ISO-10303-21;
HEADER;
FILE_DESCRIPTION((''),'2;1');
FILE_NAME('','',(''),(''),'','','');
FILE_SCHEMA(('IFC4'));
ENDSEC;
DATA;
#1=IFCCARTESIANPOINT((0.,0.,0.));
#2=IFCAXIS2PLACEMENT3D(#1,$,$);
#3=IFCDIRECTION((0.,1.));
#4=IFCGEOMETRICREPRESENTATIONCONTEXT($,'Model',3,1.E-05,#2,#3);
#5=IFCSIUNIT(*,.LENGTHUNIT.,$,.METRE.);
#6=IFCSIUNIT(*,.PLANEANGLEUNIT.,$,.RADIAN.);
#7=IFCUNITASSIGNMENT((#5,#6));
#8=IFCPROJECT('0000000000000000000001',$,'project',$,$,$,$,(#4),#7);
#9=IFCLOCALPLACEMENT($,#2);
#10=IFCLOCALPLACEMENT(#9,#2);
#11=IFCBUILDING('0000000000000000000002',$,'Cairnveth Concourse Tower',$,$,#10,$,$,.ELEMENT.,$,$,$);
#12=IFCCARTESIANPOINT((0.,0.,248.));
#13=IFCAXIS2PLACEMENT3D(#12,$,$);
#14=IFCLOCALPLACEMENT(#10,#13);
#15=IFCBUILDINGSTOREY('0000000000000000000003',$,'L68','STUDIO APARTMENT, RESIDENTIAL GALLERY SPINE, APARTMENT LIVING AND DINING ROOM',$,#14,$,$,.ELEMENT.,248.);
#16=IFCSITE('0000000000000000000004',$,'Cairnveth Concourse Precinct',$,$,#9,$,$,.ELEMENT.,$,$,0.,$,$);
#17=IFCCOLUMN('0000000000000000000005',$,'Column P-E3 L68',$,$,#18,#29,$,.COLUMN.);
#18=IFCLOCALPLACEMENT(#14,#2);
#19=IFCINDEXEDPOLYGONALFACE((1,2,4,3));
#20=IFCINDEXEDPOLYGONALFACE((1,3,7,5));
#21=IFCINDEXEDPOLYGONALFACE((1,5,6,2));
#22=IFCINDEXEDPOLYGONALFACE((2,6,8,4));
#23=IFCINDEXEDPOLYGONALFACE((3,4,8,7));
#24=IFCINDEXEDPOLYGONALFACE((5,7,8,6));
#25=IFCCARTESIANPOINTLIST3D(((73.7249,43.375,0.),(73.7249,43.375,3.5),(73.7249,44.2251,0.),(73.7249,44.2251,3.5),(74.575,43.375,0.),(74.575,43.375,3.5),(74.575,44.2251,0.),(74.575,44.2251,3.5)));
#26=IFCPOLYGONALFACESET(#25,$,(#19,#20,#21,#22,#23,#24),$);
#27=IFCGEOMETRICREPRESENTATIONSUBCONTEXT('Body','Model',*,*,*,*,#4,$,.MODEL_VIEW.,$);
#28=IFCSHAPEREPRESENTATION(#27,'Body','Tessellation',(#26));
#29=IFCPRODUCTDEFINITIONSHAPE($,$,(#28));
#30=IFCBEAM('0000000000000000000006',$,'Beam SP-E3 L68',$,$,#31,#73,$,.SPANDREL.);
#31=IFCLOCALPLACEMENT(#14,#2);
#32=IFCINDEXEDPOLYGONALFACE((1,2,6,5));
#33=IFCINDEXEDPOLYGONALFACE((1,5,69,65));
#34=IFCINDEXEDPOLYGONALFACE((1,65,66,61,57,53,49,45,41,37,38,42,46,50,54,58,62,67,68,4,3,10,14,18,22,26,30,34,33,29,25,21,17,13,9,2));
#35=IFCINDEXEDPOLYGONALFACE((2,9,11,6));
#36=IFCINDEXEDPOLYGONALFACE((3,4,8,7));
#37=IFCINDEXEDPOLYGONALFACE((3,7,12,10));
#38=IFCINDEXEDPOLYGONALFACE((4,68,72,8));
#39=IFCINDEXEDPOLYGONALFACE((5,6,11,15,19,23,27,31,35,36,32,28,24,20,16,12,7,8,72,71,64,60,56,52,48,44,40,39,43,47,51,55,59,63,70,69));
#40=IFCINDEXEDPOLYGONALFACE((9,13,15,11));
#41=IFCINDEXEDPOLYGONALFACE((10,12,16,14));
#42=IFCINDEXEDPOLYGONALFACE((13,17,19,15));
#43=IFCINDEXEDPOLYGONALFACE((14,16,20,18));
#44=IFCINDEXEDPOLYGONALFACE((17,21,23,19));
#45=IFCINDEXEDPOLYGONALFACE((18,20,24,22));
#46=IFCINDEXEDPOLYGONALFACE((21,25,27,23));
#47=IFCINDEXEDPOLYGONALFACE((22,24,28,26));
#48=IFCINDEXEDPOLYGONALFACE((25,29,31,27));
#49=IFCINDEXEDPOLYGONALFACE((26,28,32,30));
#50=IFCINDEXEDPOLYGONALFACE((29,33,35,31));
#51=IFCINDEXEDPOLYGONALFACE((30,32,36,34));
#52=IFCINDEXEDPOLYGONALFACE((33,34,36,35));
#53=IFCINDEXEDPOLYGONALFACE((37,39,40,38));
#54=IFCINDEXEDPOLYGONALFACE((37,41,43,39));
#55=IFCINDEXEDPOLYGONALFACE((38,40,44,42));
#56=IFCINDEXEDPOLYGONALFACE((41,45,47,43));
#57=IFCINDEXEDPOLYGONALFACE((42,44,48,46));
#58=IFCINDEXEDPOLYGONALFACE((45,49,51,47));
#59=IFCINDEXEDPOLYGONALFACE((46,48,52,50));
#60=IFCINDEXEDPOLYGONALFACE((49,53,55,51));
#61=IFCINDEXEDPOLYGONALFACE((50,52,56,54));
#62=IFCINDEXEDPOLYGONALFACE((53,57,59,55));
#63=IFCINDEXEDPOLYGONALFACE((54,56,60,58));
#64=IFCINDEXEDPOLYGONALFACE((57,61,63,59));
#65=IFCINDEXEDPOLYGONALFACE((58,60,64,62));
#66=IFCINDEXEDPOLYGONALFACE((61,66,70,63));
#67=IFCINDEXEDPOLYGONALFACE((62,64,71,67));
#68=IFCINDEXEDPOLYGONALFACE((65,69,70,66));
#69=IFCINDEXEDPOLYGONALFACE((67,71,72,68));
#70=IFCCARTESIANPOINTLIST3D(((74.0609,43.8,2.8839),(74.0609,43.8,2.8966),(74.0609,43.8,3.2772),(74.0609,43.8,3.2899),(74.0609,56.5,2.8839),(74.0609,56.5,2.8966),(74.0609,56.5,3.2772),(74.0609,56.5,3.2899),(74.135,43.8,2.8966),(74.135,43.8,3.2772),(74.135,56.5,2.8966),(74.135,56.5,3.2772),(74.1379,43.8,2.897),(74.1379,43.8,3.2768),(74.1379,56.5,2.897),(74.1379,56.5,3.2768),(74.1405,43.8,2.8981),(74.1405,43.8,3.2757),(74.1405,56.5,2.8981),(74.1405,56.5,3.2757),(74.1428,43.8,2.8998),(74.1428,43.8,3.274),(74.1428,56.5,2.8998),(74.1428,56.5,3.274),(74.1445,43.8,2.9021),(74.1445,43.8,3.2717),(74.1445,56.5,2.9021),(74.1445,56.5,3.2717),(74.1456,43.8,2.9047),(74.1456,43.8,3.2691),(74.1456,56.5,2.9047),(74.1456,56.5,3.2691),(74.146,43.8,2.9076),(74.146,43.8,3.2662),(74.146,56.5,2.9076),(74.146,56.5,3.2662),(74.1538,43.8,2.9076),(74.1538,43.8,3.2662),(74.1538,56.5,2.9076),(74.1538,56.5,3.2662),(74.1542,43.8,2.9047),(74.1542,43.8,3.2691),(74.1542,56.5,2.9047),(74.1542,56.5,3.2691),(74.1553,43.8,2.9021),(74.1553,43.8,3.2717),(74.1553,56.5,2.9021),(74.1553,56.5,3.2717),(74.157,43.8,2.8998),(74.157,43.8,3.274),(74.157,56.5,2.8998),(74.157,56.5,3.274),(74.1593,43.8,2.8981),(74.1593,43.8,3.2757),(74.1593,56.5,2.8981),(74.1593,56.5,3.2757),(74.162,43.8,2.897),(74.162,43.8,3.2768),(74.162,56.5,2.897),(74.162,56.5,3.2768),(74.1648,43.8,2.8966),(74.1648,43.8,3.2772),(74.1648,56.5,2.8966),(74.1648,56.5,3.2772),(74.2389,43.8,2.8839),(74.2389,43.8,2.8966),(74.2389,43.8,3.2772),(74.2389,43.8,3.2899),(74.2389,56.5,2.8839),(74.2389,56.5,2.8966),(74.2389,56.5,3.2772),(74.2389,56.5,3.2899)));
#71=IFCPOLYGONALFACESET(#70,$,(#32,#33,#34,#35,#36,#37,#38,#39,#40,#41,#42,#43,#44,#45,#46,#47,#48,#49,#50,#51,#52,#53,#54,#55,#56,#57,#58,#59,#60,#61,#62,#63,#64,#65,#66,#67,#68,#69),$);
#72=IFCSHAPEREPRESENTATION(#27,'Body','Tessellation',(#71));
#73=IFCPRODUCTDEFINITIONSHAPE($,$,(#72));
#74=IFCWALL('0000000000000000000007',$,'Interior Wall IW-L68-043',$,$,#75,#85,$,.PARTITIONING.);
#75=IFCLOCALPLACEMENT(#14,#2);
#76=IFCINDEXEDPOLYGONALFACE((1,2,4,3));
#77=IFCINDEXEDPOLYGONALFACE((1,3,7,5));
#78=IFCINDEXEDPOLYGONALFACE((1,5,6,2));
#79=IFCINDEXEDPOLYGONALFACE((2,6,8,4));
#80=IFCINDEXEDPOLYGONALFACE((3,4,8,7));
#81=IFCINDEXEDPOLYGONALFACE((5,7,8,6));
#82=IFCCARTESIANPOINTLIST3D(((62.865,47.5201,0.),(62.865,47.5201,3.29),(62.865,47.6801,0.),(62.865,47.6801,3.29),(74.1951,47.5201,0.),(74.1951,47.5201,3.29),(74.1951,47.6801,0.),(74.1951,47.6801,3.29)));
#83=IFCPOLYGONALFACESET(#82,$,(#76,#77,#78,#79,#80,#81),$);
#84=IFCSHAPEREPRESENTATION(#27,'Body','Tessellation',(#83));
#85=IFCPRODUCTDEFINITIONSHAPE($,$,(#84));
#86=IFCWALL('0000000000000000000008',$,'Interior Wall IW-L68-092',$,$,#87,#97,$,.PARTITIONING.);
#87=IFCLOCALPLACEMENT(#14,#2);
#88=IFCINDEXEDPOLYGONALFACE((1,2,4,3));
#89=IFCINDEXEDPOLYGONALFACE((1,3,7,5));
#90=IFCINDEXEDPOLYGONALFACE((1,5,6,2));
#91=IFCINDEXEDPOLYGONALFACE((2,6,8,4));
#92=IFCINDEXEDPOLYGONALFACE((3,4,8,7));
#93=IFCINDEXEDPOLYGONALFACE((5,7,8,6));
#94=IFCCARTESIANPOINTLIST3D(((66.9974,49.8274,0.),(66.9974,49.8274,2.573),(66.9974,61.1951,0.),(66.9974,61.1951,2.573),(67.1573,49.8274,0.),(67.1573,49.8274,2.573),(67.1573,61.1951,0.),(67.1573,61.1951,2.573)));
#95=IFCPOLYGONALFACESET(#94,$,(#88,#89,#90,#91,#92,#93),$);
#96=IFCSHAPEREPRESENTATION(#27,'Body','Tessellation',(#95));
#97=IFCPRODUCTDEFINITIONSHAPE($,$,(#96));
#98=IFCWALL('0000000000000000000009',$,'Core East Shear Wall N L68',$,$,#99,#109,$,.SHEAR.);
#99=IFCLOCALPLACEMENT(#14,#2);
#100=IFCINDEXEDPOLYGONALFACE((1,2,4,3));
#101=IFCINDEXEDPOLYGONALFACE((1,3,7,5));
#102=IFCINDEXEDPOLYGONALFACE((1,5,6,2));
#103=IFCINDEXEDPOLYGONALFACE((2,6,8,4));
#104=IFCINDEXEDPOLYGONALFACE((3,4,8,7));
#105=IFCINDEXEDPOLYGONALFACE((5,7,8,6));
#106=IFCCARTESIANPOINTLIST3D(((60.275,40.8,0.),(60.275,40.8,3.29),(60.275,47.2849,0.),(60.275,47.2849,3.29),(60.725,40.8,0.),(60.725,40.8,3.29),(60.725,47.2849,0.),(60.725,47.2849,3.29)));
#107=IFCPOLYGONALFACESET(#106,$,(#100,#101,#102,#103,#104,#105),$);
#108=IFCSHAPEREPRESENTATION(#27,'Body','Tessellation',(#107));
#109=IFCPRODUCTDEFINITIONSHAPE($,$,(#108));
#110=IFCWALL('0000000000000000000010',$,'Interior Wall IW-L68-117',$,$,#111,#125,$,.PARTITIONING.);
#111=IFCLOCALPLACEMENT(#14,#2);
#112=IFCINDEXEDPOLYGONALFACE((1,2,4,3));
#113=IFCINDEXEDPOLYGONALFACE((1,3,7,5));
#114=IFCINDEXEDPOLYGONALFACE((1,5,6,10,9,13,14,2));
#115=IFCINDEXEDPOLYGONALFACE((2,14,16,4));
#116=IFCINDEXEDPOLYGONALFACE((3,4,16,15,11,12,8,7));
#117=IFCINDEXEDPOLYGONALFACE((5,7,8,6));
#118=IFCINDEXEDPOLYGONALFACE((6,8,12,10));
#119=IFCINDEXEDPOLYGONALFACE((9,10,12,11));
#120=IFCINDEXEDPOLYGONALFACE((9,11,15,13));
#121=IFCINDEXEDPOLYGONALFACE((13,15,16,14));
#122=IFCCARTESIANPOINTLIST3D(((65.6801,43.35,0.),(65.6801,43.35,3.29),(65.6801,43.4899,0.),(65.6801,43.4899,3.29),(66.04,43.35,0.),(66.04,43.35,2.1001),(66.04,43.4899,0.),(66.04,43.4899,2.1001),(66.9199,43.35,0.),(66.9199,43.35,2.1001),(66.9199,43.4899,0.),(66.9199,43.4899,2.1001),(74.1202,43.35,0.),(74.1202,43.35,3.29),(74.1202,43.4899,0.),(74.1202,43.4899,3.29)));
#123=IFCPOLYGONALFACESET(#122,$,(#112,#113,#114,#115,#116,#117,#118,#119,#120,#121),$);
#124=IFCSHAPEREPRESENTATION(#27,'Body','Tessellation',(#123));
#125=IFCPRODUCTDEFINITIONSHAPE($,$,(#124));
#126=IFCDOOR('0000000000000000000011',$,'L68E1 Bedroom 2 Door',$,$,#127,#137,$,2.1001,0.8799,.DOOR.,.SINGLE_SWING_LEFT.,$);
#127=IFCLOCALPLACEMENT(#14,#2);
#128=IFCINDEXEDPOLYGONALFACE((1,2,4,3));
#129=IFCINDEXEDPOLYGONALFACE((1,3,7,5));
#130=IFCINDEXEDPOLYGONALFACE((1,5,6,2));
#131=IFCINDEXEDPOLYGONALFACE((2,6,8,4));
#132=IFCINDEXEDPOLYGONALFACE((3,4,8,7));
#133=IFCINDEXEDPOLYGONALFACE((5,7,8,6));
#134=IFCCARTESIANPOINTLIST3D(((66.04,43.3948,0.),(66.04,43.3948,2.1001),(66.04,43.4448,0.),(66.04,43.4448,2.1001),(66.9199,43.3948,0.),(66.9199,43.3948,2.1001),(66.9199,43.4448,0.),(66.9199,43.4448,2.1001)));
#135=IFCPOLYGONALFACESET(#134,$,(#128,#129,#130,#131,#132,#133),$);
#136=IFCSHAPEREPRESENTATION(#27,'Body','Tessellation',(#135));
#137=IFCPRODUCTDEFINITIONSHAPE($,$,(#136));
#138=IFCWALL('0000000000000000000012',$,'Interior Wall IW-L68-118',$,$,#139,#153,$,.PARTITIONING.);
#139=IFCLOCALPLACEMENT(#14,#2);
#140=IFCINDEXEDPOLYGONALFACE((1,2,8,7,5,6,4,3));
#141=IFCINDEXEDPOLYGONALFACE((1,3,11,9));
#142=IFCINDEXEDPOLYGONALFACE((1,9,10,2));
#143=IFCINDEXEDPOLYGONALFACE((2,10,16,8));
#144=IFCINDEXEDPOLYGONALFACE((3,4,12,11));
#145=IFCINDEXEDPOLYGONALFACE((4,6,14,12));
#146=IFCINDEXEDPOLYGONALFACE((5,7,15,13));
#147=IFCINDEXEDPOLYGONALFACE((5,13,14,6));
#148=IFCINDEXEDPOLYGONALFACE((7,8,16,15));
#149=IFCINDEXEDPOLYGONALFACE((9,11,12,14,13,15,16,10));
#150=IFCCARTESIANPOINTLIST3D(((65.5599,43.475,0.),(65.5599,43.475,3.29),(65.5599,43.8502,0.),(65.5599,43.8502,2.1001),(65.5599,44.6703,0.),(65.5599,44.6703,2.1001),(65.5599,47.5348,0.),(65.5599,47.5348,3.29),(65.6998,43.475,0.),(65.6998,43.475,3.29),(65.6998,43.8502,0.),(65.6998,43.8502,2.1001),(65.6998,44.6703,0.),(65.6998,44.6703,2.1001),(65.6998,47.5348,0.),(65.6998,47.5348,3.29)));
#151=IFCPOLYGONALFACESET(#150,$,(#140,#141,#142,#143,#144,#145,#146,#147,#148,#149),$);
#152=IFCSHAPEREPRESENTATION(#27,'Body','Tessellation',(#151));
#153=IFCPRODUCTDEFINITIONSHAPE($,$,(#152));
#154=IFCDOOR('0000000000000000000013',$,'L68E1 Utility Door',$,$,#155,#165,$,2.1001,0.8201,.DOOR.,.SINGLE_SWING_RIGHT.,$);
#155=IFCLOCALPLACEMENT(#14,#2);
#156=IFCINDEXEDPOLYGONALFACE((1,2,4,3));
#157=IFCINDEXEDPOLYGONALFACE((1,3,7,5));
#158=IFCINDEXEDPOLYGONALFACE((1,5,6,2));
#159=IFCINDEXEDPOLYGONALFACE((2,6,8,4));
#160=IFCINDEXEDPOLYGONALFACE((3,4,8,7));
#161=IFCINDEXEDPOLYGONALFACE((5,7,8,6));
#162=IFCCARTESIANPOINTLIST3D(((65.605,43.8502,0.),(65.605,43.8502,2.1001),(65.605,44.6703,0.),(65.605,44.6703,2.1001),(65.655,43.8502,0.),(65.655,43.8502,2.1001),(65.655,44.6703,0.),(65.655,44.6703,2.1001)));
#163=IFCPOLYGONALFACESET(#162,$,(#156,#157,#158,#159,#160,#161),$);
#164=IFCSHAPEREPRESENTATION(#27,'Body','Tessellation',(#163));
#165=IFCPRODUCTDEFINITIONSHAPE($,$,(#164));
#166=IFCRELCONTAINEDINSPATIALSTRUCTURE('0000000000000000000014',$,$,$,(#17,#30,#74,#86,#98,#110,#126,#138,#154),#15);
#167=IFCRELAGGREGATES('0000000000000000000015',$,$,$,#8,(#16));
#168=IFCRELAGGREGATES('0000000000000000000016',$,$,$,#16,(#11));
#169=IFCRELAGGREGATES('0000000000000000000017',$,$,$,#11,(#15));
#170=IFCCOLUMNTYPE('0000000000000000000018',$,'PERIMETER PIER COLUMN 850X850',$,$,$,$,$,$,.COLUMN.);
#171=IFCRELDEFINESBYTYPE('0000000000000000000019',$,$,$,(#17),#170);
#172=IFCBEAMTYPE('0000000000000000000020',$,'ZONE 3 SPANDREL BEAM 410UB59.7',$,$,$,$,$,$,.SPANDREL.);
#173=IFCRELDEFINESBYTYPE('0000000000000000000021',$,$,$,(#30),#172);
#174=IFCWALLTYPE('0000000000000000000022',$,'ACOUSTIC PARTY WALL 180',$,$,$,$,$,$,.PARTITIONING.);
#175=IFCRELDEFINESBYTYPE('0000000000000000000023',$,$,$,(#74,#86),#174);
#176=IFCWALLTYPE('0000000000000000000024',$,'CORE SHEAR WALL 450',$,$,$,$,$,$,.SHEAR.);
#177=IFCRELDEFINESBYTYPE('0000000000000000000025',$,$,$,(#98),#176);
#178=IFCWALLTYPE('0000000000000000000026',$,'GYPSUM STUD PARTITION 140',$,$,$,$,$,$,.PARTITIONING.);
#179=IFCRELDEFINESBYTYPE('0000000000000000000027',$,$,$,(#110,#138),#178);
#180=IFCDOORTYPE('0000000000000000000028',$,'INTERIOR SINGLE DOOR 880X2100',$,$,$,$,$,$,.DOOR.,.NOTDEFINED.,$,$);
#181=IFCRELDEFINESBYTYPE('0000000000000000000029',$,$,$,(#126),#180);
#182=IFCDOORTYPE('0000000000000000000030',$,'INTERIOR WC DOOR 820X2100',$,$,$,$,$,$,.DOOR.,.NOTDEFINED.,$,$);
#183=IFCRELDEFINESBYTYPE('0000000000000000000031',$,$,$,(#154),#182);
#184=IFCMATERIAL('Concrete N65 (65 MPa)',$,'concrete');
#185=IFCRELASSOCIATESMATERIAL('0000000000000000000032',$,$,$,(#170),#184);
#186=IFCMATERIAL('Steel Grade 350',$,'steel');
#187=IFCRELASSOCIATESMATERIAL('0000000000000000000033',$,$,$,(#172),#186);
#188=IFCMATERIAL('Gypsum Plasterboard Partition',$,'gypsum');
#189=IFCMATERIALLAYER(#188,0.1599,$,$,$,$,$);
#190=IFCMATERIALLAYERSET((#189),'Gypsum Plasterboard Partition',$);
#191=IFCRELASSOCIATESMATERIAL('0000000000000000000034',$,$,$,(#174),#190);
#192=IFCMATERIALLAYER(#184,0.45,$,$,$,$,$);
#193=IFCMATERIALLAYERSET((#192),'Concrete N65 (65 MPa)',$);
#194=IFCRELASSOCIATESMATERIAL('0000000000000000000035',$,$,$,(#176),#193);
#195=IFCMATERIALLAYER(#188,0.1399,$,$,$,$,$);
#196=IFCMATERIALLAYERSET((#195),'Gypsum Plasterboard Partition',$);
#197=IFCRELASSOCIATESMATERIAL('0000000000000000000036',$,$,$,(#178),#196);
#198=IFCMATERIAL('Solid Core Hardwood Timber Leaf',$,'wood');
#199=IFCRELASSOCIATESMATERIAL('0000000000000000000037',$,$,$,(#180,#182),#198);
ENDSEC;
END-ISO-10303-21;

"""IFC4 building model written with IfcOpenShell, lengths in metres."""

from ifc_helpers import new_model, si_unit, direction, frame, frame_2d, origin, origin_2d, place, context, subcontext, project, spatial, rectangle, i_section, extrude, material, layer, layer_set, material_profile, profile_set, type_object, element, fill, save


model = new_model("IFC4")

# Units and contexts
model_context = context("Model", 3, precision=1e-05, world=origin(), true_north=direction((0.0, 1.0)))
body_context = subcontext(model_context, "Body", "Model", "MODEL_VIEW")
ifc_project = project(units=[si_unit("LENGTHUNIT", "METRE"), si_unit("PLANEANGLEUNIT", "RADIAN")], contexts=[model_context])

# Site, building, storey
site_placement = place(None, origin())
site = spatial("IfcSite", under=ifc_project, at=site_placement, Name="Cairnveth Concourse Precinct", CompositionType="ELEMENT", RefElevation=0.0)
building_placement = place(site_placement, origin())
building = spatial("IfcBuilding", under=site, at=building_placement, Name="Cairnveth Concourse Tower", CompositionType="ELEMENT")
storey_placement = place(building_placement, frame((0.0, 0.0, 248.0)))
storey = spatial("IfcBuildingStorey", under=building, at=storey_placement, Name="L68", Description="STUDIO APARTMENT, RESIDENTIAL GALLERY SPINE, APARTMENT LIVING AND DINING ROOM", CompositionType="ELEMENT", Elevation=248.0)

# Column
ifc_material_1 = material(Name="Concrete N65 (65 MPa)", Category="concrete")
ifc_material_profile_1 = material_profile(ifc_material_1, rectangle(XDim=0.8501, YDim=0.8501, at=origin_2d()), Name="RC-COL-850x850")
ifc_profile_set_1 = profile_set([ifc_material_profile_1], Name="Concrete N65 (65 MPa)")
column_type = type_object("IfcColumnType", Name="PERIMETER PIER COLUMN 850X850", PredefinedType="COLUMN", material=ifc_profile_set_1)
column_placement = place(storey_placement, frame((74.1499, 43.8, 0.0), z_axis=(0.0, 0.0, 1.0), x_axis=(0.0, 1.0, 0.0)))
element("IfcColumn", 1, at=column_placement, inside=storey, type_object=column_type, Name="Column P-E3 L68", PredefinedType="COLUMN", context=body_context, shape_type="SweptSolid", body=[
    extrude(rectangle(XDim=0.8501, YDim=0.8501, at=origin_2d()), origin(), (0.0, 0.0, 1.0), 3.5),
])

# Beam
ifc_material_2 = material(Name="Steel Grade 350", Category="steel")
ifc_material_profile_2 = material_profile(ifc_material_2, i_section(OverallWidth=0.178, OverallDepth=0.406, WebThickness=0.0078, FlangeThickness=0.0127, FilletRadius=0.011, at=origin_2d()), Name="410UB59.7")
ifc_profile_set_2 = profile_set([ifc_material_profile_2], Name="Steel Grade 350")
beam_type = type_object("IfcBeamType", Name="ZONE 3 SPANDREL BEAM 410UB59.7", PredefinedType="SPANDREL", material=ifc_profile_set_2)
beam_placement = place(storey_placement, frame((74.1499, 43.8, 3.0869), z_axis=(0.0, 1.0, 0.0), x_axis=(-1.0, 0.0, 0.0)))
element("IfcBeam", 2, at=beam_placement, inside=storey, type_object=beam_type, Name="Beam SP-E3 L68", PredefinedType="SPANDREL", context=body_context, shape_type="SweptSolid", body=[
    extrude(i_section(OverallWidth=0.178, OverallDepth=0.406, WebThickness=0.0078, FlangeThickness=0.0127, FilletRadius=0.011, at=origin_2d()), origin(), (0.0, 0.0, 1.0), 12.7),
])

# Walls
ifc_material_3 = material(Name="Gypsum Plasterboard Partition", Category="gypsum")
ifc_layer_1 = layer(ifc_material_3, 0.1599)
ifc_layer_set_1 = layer_set([ifc_layer_1], Name="Gypsum Plasterboard Partition")
wall_type_1 = type_object("IfcWallType", Name="ACOUSTIC PARTY WALL 180", PredefinedType="PARTITIONING", material=ifc_layer_set_1)
wall_1_placement = place(storey_placement, frame((62.865, 47.6001, 0.0), z_axis=(0.0, 0.0, 1.0), x_axis=(1.0, 0.0, 0.0)))
element("IfcWall", 3, at=wall_1_placement, inside=storey, type_object=wall_type_1, Name="Interior Wall IW-L68-043", PredefinedType="PARTITIONING", context=body_context, shape_type="SweptSolid", body=[
    extrude(rectangle(XDim=11.3301, YDim=0.1599, at=frame_2d((5.665, 0.0))), origin(), (0.0, 0.0, 1.0), 3.29),
])
wall_2_placement = place(storey_placement, frame((67.0774, 49.8274, 0.0), z_axis=(0.0, 0.0, 1.0), x_axis=(0.0, 1.0, 0.0)))
element("IfcWall", 4, at=wall_2_placement, inside=storey, type_object=wall_type_1, Name="Interior Wall IW-L68-092", PredefinedType="PARTITIONING", context=body_context, shape_type="SweptSolid", body=[
    extrude(rectangle(XDim=11.3677, YDim=0.1599, at=frame_2d((5.6838, 0.0))), origin(), (0.0, 0.0, 1.0), 2.573),
])
ifc_layer_2 = layer(ifc_material_1, 0.45)
ifc_layer_set_2 = layer_set([ifc_layer_2], Name="Concrete N65 (65 MPa)")
wall_type_2 = type_object("IfcWallType", Name="CORE SHEAR WALL 450", PredefinedType="SHEAR", material=ifc_layer_set_2)
wall_3_placement = place(storey_placement, frame((60.5, 40.8, 0.0), z_axis=(0.0, 0.0, 1.0), x_axis=(0.0, 1.0, 0.0)))
element("IfcWall", 5, at=wall_3_placement, inside=storey, type_object=wall_type_2, Name="Core East Shear Wall N L68", PredefinedType="SHEAR", context=body_context, shape_type="SweptSolid", body=[
    extrude(rectangle(XDim=6.4849, YDim=0.45, at=frame_2d((3.2424, 0.0))), origin(), (0.0, 0.0, 1.0), 3.29),
])

# Walls, openings, doors
ifc_layer_3 = layer(ifc_material_3, 0.1399)
ifc_layer_set_3 = layer_set([ifc_layer_3], Name="Gypsum Plasterboard Partition")
wall_type_3 = type_object("IfcWallType", Name="GYPSUM STUD PARTITION 140", PredefinedType="PARTITIONING", material=ifc_layer_set_3)
wall_4_placement = place(storey_placement, frame((65.6799, 43.4199, 0.0), z_axis=(0.0, 0.0, 1.0), x_axis=(1.0, 0.0, 0.0)))
wall_4 = element("IfcWall", 6, at=wall_4_placement, inside=storey, type_object=wall_type_3, Name="Interior Wall IW-L68-117", PredefinedType="PARTITIONING", context=body_context, shape_type="SweptSolid", body=[
    extrude(rectangle(XDim=8.4402, YDim=0.1399, at=frame_2d((4.2202, 0.0))), origin(), (0.0, 0.0, 1.0), 3.29),
])
opening_1_placement = place(wall_4_placement, frame((0.3601, 0.0, 0.0)))
opening_1 = element("IfcOpeningElement", 7, at=opening_1_placement, cuts=wall_4, PredefinedType="OPENING", context=body_context, shape_type="SweptSolid", body=[
    extrude(rectangle(XDim=0.8799, YDim=2.1001, at=frame_2d((0.4399, 1.05))), frame((0.0, 0.0798, 0.0), z_axis=(0.0, -1.0, 0.0), x_axis=(1.0, 0.0, 0.0)), (0.0, 0.0, 1.0), 0.1599),
])
ifc_material_4 = material(Name="Solid Core Hardwood Timber Leaf", Category="wood")
door_type_1 = type_object("IfcDoorType", Name="INTERIOR SINGLE DOOR 880X2100", OperationType="NOTDEFINED", PredefinedType="DOOR", material=ifc_material_4)
door_1_placement = place(opening_1_placement, origin())
door_1 = element("IfcDoor", 8, at=door_1_placement, inside=storey, type_object=door_type_1, Name="L68E1 Bedroom 2 Door", OperationType="SINGLE_SWING_LEFT", OverallHeight=2.1001, OverallWidth=0.8799, PredefinedType="DOOR", context=body_context, shape_type="SweptSolid", body=[
    extrude(rectangle(XDim=0.8799, YDim=2.1001, at=frame_2d((0.4399, 1.05))), frame((0.0, 0.0249, 0.0), z_axis=(0.0, -1.0, 0.0), x_axis=(1.0, 0.0, 0.0)), (0.0, 0.0, 1.0), 0.05),
])
fill(opening_1, door_1)
wall_5_placement = place(storey_placement, frame((65.6299, 43.4751, 0.0), z_axis=(0.0, 0.0, 1.0), x_axis=(0.0, 1.0, 0.0)))
wall_5 = element("IfcWall", 9, at=wall_5_placement, inside=storey, type_object=wall_type_3, Name="Interior Wall IW-L68-118", PredefinedType="PARTITIONING", context=body_context, shape_type="SweptSolid", body=[
    extrude(rectangle(XDim=4.0598, YDim=0.1399, at=frame_2d((2.0298, 0.0))), origin(), (0.0, 0.0, 1.0), 3.29),
])
opening_2_placement = place(wall_5_placement, frame((0.375, 0.0, 0.0)))
opening_2 = element("IfcOpeningElement", 10, at=opening_2_placement, cuts=wall_5, PredefinedType="OPENING", context=body_context, shape_type="SweptSolid", body=[
    extrude(rectangle(XDim=0.8201, YDim=2.1001, at=frame_2d((0.4102, 1.05))), frame((0.0, 0.0798, 0.0), z_axis=(0.0, -1.0, 0.0), x_axis=(1.0, 0.0, 0.0)), (0.0, 0.0, 1.0), 0.1599),
])
door_type_2 = type_object("IfcDoorType", Name="INTERIOR WC DOOR 820X2100", OperationType="NOTDEFINED", PredefinedType="DOOR", material=ifc_material_4)
door_2_placement = place(opening_2_placement, origin())
door_2 = element("IfcDoor", 11, at=door_2_placement, inside=storey, type_object=door_type_2, Name="L68E1 Utility Door", OperationType="SINGLE_SWING_RIGHT", OverallHeight=2.1001, OverallWidth=0.8201, PredefinedType="DOOR", context=body_context, shape_type="SweptSolid", body=[
    extrude(rectangle(XDim=0.8201, YDim=2.1001, at=frame_2d((0.4102, 1.05))), frame((0.0, 0.0249, 0.0), z_axis=(0.0, -1.0, 0.0), x_axis=(1.0, 0.0, 0.0)), (0.0, 0.0, 1.0), 0.05),
])
fill(opening_2, door_2)

save(model, "model.ifc")
